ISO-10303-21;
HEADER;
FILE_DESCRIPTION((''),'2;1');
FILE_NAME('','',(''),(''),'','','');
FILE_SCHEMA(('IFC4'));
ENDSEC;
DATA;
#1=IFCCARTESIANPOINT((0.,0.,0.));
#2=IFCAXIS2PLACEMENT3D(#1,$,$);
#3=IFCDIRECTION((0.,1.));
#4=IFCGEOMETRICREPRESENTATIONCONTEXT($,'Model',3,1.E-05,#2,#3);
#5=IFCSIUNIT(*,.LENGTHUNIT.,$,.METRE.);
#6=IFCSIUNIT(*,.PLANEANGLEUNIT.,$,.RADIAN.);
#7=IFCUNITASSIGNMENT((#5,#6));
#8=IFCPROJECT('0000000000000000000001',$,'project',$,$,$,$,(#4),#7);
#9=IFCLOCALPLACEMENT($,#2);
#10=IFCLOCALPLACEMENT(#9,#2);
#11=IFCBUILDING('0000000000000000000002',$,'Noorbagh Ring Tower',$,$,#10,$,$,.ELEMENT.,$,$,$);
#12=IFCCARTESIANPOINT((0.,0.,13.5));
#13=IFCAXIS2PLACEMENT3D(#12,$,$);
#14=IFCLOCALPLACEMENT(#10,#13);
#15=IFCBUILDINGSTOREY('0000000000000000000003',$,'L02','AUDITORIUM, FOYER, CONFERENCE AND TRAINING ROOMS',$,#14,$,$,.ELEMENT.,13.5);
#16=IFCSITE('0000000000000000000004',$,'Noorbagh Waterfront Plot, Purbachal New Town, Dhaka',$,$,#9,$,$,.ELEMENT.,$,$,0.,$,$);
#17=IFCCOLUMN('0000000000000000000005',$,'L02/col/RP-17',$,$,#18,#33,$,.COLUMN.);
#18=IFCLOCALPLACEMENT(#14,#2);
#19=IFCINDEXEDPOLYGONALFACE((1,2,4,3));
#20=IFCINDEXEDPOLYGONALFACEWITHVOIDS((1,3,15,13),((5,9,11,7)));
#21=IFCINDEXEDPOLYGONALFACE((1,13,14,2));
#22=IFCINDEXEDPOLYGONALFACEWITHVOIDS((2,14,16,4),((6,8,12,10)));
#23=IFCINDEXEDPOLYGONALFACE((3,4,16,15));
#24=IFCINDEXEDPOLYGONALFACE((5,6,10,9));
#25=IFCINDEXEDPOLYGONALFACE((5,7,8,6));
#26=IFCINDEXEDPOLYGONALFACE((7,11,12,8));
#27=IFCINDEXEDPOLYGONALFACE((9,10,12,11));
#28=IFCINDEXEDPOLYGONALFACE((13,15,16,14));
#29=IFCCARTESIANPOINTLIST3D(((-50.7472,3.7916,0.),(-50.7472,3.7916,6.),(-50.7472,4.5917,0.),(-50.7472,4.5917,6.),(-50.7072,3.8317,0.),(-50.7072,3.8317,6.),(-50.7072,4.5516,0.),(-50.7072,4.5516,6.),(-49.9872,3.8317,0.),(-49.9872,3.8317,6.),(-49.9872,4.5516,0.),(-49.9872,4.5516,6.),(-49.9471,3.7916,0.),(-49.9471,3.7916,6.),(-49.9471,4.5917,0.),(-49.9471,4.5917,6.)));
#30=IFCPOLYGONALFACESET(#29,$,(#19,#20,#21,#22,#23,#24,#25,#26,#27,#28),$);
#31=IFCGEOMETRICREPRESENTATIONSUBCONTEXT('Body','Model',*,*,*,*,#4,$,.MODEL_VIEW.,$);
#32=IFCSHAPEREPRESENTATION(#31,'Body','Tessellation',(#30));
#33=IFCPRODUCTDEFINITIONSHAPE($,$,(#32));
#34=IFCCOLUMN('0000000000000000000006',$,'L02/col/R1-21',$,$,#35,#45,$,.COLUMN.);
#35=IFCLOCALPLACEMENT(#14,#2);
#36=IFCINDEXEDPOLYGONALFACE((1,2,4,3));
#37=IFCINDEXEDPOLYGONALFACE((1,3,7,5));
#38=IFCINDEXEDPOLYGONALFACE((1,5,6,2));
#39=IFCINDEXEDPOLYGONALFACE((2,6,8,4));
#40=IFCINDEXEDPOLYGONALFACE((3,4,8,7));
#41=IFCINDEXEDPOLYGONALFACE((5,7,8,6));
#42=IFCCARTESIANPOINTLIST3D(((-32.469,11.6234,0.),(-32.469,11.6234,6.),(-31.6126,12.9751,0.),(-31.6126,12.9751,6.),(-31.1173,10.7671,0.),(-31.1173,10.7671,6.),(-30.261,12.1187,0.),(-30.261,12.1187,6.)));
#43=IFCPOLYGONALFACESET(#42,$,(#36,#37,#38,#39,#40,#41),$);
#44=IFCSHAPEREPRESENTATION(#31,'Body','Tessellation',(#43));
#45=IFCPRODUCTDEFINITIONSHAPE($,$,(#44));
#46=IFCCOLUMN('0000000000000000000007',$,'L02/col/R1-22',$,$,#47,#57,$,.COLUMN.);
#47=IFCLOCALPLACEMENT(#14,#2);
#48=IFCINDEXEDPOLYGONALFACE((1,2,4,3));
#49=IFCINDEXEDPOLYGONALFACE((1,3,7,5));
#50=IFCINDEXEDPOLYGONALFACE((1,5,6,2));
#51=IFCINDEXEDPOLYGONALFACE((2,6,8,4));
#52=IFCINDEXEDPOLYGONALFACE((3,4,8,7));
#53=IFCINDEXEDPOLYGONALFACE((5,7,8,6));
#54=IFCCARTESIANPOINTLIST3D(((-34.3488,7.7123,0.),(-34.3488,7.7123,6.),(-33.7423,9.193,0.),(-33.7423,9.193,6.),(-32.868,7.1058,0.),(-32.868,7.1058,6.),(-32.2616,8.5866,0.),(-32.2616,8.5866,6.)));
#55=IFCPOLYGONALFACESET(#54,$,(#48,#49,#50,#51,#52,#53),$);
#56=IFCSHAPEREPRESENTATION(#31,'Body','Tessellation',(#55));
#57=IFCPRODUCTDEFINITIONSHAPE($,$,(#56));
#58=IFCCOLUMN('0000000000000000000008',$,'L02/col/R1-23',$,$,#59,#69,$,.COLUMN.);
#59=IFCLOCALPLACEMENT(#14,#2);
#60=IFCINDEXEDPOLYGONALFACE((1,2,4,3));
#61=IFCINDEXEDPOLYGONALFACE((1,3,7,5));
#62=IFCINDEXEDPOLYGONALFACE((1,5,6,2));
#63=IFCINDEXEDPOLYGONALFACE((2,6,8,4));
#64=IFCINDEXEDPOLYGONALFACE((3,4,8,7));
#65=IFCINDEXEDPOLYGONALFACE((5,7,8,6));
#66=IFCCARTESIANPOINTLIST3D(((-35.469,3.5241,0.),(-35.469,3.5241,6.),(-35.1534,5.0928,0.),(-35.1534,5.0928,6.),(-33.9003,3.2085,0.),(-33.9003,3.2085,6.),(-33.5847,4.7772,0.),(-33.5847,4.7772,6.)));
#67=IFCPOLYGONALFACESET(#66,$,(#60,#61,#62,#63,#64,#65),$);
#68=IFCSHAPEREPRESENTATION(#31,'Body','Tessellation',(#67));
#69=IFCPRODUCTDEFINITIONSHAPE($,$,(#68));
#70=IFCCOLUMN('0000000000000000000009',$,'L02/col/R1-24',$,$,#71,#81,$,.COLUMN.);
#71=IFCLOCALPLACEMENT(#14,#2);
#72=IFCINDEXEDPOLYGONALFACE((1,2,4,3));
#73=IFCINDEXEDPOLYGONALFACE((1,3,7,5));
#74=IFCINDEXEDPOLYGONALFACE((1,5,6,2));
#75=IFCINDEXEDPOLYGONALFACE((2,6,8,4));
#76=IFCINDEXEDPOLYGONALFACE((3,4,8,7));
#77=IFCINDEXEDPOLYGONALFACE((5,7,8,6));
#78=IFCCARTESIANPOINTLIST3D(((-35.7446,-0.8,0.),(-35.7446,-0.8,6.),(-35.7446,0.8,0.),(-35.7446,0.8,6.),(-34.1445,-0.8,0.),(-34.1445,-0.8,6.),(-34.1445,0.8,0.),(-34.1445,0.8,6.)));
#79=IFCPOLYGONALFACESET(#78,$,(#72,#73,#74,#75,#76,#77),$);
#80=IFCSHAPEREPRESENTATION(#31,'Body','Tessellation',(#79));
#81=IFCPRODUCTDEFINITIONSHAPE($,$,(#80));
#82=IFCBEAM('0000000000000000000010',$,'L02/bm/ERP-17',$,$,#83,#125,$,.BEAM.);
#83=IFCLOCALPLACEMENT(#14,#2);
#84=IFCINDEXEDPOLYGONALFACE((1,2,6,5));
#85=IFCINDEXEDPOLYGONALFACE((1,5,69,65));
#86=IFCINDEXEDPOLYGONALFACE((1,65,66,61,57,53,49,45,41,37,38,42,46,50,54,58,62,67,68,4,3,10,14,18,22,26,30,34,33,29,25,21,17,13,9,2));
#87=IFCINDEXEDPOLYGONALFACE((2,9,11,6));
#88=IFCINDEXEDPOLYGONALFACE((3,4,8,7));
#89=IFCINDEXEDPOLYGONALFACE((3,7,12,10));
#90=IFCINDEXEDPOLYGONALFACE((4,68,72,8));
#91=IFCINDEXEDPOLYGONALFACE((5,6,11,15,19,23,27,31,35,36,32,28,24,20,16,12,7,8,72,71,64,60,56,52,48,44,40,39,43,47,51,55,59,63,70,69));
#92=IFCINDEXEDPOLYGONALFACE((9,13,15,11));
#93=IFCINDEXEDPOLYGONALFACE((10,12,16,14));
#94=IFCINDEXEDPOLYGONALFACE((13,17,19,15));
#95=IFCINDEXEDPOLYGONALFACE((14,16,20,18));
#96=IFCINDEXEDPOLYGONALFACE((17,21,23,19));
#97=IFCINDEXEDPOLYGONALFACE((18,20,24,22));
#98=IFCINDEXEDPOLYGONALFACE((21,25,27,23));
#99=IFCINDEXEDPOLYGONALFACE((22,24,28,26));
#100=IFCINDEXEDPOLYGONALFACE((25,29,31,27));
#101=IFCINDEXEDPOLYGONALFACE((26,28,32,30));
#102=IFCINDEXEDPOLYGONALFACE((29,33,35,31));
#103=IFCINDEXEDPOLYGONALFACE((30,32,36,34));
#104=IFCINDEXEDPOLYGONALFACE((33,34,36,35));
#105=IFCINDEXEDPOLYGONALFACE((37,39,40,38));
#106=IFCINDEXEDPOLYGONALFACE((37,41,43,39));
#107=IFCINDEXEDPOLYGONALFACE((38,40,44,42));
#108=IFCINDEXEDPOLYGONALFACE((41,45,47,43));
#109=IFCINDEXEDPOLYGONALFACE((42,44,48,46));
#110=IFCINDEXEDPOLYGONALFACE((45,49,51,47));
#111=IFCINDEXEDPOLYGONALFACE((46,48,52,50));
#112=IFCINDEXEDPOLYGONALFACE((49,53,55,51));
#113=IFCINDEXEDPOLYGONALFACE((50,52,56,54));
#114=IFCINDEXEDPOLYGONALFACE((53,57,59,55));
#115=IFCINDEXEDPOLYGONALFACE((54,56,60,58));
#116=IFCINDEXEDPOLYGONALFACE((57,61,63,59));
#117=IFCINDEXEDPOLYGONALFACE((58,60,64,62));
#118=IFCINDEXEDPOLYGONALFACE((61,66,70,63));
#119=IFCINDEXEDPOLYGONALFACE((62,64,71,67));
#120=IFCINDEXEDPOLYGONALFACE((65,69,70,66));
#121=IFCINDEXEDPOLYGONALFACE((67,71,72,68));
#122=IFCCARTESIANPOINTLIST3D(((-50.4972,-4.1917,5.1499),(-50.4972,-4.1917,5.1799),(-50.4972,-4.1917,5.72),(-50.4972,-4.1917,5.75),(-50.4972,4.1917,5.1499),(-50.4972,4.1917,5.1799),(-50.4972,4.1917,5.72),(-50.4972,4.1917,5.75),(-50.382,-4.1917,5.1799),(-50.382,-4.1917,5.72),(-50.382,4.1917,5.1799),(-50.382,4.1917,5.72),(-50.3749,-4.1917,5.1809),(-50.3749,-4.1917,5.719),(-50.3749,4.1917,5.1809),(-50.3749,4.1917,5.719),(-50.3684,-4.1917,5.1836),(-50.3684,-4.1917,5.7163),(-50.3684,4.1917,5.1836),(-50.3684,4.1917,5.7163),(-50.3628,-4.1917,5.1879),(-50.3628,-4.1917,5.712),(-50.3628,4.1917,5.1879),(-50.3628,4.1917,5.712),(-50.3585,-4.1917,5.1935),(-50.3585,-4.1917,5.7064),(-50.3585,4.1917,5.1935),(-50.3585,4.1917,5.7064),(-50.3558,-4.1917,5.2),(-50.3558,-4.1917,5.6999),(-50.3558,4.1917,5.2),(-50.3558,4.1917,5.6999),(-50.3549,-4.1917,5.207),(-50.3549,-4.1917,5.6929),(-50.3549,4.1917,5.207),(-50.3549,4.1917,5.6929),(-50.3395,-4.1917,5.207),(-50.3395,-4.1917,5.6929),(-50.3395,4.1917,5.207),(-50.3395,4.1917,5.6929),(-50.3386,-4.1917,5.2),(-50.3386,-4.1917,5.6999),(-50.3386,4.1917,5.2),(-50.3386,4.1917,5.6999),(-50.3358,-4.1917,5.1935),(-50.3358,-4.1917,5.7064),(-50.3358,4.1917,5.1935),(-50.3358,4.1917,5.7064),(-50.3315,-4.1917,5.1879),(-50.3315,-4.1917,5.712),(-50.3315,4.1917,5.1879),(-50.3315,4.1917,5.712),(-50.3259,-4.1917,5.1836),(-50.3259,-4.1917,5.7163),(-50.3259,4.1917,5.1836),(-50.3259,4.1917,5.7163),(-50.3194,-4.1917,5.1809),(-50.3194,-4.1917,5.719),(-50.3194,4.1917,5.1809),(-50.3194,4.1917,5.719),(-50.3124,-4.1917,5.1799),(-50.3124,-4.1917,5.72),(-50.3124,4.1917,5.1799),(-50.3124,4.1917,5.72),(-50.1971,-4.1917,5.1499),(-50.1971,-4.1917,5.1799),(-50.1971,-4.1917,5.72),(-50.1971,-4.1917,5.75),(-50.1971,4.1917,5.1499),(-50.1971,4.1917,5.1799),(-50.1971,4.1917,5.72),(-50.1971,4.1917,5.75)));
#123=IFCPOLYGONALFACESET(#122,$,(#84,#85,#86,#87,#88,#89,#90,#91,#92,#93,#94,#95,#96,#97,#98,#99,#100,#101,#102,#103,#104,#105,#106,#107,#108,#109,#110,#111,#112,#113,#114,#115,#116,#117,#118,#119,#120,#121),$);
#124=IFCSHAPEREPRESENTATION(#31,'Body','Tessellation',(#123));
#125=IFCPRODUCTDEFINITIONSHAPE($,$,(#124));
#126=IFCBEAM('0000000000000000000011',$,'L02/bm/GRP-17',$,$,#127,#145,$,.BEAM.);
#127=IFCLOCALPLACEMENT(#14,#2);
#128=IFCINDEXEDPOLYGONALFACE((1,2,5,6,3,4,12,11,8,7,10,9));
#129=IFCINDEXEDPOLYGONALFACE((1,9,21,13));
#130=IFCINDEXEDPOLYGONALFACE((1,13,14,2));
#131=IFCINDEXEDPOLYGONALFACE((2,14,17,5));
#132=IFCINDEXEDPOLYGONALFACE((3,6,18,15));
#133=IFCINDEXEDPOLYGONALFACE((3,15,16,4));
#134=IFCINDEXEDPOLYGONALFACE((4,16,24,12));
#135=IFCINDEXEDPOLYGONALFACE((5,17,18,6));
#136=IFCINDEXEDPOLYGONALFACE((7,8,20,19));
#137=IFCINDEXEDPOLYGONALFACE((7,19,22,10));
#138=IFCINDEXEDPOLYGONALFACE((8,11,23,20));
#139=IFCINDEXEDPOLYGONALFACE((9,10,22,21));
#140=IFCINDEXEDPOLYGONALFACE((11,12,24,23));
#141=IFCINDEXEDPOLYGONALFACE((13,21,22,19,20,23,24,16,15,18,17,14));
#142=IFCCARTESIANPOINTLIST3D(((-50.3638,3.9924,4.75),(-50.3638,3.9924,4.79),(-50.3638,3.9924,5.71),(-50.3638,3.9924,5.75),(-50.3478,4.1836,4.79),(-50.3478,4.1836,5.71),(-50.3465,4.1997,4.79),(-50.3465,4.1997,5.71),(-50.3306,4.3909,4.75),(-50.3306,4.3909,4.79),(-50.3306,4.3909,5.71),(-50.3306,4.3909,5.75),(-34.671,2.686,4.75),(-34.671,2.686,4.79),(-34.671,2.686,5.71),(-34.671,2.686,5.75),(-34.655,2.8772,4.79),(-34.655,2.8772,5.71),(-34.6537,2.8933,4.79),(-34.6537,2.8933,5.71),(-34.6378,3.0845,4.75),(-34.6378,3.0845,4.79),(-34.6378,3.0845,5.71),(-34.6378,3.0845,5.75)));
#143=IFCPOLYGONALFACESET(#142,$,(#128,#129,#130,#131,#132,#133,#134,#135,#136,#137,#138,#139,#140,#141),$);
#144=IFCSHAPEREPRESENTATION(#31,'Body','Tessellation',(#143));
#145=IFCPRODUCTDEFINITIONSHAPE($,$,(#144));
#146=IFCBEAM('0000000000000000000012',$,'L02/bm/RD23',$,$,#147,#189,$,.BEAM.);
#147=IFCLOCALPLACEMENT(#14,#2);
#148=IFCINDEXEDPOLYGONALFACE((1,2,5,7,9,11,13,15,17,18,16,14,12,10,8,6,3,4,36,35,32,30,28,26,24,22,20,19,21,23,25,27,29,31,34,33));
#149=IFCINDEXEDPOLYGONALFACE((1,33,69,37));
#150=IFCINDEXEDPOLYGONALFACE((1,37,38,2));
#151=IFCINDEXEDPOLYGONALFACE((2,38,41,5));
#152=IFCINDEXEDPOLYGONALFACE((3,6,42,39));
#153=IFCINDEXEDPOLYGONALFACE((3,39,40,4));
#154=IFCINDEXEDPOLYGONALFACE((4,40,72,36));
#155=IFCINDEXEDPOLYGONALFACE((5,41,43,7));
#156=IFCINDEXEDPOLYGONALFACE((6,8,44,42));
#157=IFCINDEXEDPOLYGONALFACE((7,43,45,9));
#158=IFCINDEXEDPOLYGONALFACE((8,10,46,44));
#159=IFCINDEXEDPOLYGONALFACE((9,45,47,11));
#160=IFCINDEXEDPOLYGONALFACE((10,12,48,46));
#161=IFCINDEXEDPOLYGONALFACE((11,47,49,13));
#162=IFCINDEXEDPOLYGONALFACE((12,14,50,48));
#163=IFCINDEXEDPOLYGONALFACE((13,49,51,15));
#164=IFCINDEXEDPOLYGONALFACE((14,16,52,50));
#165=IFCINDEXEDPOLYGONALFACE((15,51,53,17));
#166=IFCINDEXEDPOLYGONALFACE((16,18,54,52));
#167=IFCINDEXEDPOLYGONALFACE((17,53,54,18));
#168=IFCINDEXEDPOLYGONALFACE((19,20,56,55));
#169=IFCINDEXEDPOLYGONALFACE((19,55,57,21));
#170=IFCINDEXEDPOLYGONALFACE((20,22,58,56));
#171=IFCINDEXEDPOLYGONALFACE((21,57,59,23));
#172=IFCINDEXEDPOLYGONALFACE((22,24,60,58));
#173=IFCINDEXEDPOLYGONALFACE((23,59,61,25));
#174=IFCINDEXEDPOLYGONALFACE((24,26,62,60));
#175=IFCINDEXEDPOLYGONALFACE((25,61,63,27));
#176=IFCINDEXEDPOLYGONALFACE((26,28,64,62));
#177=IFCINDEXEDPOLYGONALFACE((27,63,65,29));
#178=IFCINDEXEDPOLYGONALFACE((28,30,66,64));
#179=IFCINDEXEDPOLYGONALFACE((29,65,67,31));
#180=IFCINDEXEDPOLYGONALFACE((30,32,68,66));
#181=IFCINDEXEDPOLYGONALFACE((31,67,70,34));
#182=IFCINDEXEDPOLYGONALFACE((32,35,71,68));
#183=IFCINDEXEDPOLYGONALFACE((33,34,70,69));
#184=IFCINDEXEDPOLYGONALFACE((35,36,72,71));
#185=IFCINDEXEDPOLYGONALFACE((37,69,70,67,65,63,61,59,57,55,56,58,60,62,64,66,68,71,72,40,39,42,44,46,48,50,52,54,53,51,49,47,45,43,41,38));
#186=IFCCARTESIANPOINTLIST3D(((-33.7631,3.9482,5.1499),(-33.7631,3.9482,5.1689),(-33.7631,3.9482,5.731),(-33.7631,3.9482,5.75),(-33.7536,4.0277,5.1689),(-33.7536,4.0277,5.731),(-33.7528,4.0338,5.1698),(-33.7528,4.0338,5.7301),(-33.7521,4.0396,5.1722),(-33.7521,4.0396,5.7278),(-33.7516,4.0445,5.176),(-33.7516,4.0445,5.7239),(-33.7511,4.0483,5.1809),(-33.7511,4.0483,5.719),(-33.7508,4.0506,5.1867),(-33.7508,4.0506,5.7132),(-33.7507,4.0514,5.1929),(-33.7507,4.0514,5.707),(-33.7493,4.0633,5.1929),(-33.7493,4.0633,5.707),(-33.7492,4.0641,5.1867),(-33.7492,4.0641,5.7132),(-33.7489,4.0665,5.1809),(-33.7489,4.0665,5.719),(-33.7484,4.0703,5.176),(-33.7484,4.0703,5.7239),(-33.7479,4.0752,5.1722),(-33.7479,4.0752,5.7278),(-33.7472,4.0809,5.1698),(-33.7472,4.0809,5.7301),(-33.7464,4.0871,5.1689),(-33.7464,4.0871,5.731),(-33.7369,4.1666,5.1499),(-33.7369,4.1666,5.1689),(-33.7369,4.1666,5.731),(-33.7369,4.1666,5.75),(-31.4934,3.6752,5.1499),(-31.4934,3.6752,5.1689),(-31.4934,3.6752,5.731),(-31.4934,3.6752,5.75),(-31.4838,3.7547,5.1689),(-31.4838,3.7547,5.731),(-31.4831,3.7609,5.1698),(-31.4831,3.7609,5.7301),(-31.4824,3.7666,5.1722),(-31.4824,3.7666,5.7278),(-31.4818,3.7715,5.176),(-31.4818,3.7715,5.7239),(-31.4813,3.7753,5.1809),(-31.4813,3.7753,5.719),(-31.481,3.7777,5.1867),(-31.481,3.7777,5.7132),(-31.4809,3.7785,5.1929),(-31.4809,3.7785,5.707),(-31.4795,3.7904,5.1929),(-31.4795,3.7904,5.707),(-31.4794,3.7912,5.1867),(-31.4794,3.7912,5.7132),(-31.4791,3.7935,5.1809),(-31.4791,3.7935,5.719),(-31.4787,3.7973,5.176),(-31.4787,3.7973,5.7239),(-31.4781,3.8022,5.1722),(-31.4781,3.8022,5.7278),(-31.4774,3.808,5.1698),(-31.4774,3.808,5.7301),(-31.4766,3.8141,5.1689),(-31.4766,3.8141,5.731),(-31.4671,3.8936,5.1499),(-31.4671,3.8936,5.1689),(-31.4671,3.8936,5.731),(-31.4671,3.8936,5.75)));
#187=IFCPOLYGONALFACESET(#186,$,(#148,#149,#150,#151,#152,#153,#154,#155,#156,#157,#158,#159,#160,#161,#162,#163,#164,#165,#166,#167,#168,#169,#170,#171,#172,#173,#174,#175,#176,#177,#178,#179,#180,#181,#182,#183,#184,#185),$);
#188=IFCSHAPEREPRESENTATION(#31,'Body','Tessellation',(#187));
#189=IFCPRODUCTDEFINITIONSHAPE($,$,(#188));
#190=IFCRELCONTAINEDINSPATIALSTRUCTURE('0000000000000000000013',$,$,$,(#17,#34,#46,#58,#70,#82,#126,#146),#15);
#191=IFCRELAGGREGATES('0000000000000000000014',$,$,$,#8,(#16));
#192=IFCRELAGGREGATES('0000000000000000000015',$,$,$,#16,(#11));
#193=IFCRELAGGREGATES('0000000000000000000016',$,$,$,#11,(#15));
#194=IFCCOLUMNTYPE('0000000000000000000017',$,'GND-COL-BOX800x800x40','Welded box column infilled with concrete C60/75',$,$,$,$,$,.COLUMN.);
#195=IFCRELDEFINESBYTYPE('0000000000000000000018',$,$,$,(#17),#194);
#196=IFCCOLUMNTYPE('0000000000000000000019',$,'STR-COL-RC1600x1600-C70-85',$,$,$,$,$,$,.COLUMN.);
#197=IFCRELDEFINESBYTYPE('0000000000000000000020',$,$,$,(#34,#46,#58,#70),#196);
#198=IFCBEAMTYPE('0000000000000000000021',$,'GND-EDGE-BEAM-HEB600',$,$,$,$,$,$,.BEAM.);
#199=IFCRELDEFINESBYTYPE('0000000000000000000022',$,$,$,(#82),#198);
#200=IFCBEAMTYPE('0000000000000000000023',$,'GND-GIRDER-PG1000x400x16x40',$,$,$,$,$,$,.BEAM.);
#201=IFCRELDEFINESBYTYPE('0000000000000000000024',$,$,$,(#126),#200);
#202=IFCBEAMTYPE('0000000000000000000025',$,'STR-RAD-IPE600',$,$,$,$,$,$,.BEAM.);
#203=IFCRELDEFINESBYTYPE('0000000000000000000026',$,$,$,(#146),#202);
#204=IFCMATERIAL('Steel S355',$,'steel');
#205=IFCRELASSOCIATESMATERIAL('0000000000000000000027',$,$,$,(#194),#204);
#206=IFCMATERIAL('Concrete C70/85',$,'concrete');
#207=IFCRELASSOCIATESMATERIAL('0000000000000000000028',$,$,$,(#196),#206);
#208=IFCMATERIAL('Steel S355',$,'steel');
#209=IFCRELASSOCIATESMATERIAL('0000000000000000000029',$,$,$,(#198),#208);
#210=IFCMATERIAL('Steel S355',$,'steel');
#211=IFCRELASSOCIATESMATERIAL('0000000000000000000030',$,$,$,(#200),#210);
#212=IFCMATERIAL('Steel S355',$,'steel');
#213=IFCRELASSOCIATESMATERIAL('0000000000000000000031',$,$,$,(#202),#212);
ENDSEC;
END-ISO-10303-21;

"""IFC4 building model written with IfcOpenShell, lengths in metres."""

from ifc_helpers import new_model, si_unit, direction, frame, origin, origin_2d, place, context, subcontext, project, spatial, rectangle, hollow_rectangle, i_section, extrude, material, material_profile, profile_set, type_object, element, save


model = new_model("IFC4")

# Units and contexts
model_context = context("Model", 3, precision=1e-05, world=origin(), true_north=direction((0.0, 1.0)))
body_context = subcontext(model_context, "Body", "Model", "MODEL_VIEW")
ifc_project = project(units=[si_unit("LENGTHUNIT", "METRE"), si_unit("PLANEANGLEUNIT", "RADIAN")], contexts=[model_context])

# Site, building, storey
site_placement = place(None, origin())
site = spatial("IfcSite", under=ifc_project, at=site_placement, Name="Noorbagh Waterfront Plot, Purbachal New Town, Dhaka", CompositionType="ELEMENT", RefElevation=0.0)
building_placement = place(site_placement, origin())
building = spatial("IfcBuilding", under=site, at=building_placement, Name="Noorbagh Ring Tower", CompositionType="ELEMENT")
storey_placement = place(building_placement, frame((0.0, 0.0, 13.5)))
storey = spatial("IfcBuildingStorey", under=building, at=storey_placement, Name="L02", Description="AUDITORIUM, FOYER, CONFERENCE AND TRAINING ROOMS", CompositionType="ELEMENT", Elevation=13.5)

# Columns
ifc_material_1 = material(Name="Steel S355", Category="steel")
ifc_material_profile_1 = material_profile(ifc_material_1, hollow_rectangle(XDim=0.8, YDim=0.8, WallThickness=0.04, at=origin_2d()), Name="BOX800x800x40")
ifc_profile_set_1 = profile_set([ifc_material_profile_1], Name="Steel S355")
column_type_1 = type_object("IfcColumnType", Name="GND-COL-BOX800x800x40", Description="Welded box column infilled with concrete C60/75", PredefinedType="COLUMN", material=ifc_profile_set_1)
column_placement = place(storey_placement, frame((-50.3472, 4.1917, 0.0), z_axis=(0.0, 0.0, 1.0), x_axis=(1.0, 0.0, 0.0)))
element("IfcColumn", 1, at=column_placement, inside=storey, type_object=column_type_1, Name="L02/col/RP-17", PredefinedType="COLUMN", context=body_context, shape_type="SweptSolid", body=[
    extrude(hollow_rectangle(XDim=0.8, YDim=0.8, WallThickness=0.04, at=origin_2d()), origin(), (0.0, 0.0, 1.0), 6.0),
])
ifc_material_2 = material(Name="Concrete C70/85", Category="concrete")
ifc_material_profile_2 = material_profile(ifc_material_2, rectangle(XDim=1.6001, YDim=1.6001, at=origin_2d()), Name="RC1600x1600")
ifc_profile_set_2 = profile_set([ifc_material_profile_2], Name="Concrete C70/85")
column_type_2 = type_object("IfcColumnType", Name="STR-COL-RC1600x1600-C70-85", PredefinedType="COLUMN", material=ifc_profile_set_2)
for number, where, z_axis, x_axis, name in (
    (2, (-31.365, 11.8711, 0.0), (0.0, 0.0, 1.0), (-0.53519, -0.844731, 0.0), "L02/col/R1-21"),
    (3, (-33.3052, 8.1494, 0.0), (0.0, 0.0, 1.0), (-0.378989, -0.925401, 0.0), "L02/col/R1-22"),
    (4, (-34.5269, 4.1506, 0.0), (0.0, 0.0, 1.0), (-0.19723, -0.980357, 0.0), "L02/col/R1-23"),
    (5, (-34.9446, 0.0, 0.0), (0.0, 0.0, 1.0), (0.0, -1.0, 0.0), "L02/col/R1-24"),
):
    element("IfcColumn", number, at=place(storey_placement, frame(where, z_axis=z_axis, x_axis=x_axis)), inside=storey, type_object=column_type_2, Name=name, PredefinedType="COLUMN", context=body_context, shape_type="SweptSolid", body=[
        extrude(rectangle(XDim=1.6001, YDim=1.6001, at=origin_2d()), origin(), (0.0, 0.0, 1.0), 6.0),
    ])

# Beams
ifc_material_3 = material(Name="Steel S355", Category="steel")
ifc_material_profile_3 = material_profile(ifc_material_3, i_section(OverallWidth=0.3, OverallDepth=0.6001, WebThickness=0.0154, FlangeThickness=0.03, FilletRadius=0.0271, at=origin_2d()), Name="HEB600")
ifc_profile_set_3 = profile_set([ifc_material_profile_3], Name="Steel S355")
beam_type_1 = type_object("IfcBeamType", Name="GND-EDGE-BEAM-HEB600", PredefinedType="BEAM", material=ifc_profile_set_3)
beam_1_placement = place(storey_placement, frame((-50.3472, 4.1917, 5.45), z_axis=(0.0, -1.0, 0.0), x_axis=(1.0, 0.0, 0.0)))
element("IfcBeam", 6, at=beam_1_placement, inside=storey, type_object=beam_type_1, Name="L02/bm/ERP-17", PredefinedType="BEAM", context=body_context, shape_type="SweptSolid", body=[
    extrude(i_section(OverallWidth=0.3, OverallDepth=0.6001, WebThickness=0.0154, FlangeThickness=0.03, FilletRadius=0.0271, at=origin_2d()), origin(), (0.0, 0.0, 1.0), 8.3833),
])
ifc_material_4 = material(Name="Steel S355", Category="steel")
ifc_material_profile_4 = material_profile(ifc_material_4, i_section(OverallWidth=0.3999, OverallDepth=1.0, WebThickness=0.0161, FlangeThickness=0.04, at=origin_2d()), Name="PG1000x400x16x40")
ifc_profile_set_4 = profile_set([ifc_material_profile_4], Name="Steel S355")
beam_type_2 = type_object("IfcBeamType", Name="GND-GIRDER-PG1000x400x16x40", PredefinedType="BEAM", material=ifc_profile_set_4)
beam_2_placement = place(storey_placement, frame((-50.3472, 4.1917, 5.25), z_axis=(0.996553, -0.082961, 0.0), x_axis=(0.082961, 0.996553, 0.0)))
element("IfcBeam", 7, at=beam_2_placement, inside=storey, type_object=beam_type_2, Name="L02/bm/GRP-17", PredefinedType="BEAM", context=body_context, shape_type="SweptSolid", body=[
    extrude(i_section(OverallWidth=0.3999, OverallDepth=1.0, WebThickness=0.0161, FlangeThickness=0.04, at=origin_2d()), origin(), (0.0, 0.0, 1.0), 15.7471),
])
ifc_material_5 = material(Name="Steel S355", Category="steel")
ifc_material_profile_5 = material_profile(ifc_material_5, i_section(OverallWidth=0.22, OverallDepth=0.6001, WebThickness=0.012, FlangeThickness=0.019, FilletRadius=0.0239, at=origin_2d()), Name="IPE600")
ifc_profile_set_5 = profile_set([ifc_material_profile_5], Name="Steel S355")
beam_type_3 = type_object("IfcBeamType", Name="STR-RAD-IPE600", PredefinedType="BEAM", material=ifc_profile_set_5)
for number, where, z_axis, x_axis, name in (
    (8, (-33.75, 4.0574, 5.45), (0.992847, -0.119394, 0.0), (0.119394, 0.992847, 0.0), "L02/bm/RD23"),
):
    element("IfcBeam", number, at=place(storey_placement, frame(where, z_axis=z_axis, x_axis=x_axis)), inside=storey, type_object=beam_type_3, Name=name, PredefinedType="BEAM", context=body_context, shape_type="SweptSolid", body=[
        extrude(i_section(OverallWidth=0.22, OverallDepth=0.6001, WebThickness=0.012, FlangeThickness=0.019, FilletRadius=0.0239, at=origin_2d()), origin(), (0.0, 0.0, 1.0), 2.2861),
    ])

save(model, "model.ifc")
